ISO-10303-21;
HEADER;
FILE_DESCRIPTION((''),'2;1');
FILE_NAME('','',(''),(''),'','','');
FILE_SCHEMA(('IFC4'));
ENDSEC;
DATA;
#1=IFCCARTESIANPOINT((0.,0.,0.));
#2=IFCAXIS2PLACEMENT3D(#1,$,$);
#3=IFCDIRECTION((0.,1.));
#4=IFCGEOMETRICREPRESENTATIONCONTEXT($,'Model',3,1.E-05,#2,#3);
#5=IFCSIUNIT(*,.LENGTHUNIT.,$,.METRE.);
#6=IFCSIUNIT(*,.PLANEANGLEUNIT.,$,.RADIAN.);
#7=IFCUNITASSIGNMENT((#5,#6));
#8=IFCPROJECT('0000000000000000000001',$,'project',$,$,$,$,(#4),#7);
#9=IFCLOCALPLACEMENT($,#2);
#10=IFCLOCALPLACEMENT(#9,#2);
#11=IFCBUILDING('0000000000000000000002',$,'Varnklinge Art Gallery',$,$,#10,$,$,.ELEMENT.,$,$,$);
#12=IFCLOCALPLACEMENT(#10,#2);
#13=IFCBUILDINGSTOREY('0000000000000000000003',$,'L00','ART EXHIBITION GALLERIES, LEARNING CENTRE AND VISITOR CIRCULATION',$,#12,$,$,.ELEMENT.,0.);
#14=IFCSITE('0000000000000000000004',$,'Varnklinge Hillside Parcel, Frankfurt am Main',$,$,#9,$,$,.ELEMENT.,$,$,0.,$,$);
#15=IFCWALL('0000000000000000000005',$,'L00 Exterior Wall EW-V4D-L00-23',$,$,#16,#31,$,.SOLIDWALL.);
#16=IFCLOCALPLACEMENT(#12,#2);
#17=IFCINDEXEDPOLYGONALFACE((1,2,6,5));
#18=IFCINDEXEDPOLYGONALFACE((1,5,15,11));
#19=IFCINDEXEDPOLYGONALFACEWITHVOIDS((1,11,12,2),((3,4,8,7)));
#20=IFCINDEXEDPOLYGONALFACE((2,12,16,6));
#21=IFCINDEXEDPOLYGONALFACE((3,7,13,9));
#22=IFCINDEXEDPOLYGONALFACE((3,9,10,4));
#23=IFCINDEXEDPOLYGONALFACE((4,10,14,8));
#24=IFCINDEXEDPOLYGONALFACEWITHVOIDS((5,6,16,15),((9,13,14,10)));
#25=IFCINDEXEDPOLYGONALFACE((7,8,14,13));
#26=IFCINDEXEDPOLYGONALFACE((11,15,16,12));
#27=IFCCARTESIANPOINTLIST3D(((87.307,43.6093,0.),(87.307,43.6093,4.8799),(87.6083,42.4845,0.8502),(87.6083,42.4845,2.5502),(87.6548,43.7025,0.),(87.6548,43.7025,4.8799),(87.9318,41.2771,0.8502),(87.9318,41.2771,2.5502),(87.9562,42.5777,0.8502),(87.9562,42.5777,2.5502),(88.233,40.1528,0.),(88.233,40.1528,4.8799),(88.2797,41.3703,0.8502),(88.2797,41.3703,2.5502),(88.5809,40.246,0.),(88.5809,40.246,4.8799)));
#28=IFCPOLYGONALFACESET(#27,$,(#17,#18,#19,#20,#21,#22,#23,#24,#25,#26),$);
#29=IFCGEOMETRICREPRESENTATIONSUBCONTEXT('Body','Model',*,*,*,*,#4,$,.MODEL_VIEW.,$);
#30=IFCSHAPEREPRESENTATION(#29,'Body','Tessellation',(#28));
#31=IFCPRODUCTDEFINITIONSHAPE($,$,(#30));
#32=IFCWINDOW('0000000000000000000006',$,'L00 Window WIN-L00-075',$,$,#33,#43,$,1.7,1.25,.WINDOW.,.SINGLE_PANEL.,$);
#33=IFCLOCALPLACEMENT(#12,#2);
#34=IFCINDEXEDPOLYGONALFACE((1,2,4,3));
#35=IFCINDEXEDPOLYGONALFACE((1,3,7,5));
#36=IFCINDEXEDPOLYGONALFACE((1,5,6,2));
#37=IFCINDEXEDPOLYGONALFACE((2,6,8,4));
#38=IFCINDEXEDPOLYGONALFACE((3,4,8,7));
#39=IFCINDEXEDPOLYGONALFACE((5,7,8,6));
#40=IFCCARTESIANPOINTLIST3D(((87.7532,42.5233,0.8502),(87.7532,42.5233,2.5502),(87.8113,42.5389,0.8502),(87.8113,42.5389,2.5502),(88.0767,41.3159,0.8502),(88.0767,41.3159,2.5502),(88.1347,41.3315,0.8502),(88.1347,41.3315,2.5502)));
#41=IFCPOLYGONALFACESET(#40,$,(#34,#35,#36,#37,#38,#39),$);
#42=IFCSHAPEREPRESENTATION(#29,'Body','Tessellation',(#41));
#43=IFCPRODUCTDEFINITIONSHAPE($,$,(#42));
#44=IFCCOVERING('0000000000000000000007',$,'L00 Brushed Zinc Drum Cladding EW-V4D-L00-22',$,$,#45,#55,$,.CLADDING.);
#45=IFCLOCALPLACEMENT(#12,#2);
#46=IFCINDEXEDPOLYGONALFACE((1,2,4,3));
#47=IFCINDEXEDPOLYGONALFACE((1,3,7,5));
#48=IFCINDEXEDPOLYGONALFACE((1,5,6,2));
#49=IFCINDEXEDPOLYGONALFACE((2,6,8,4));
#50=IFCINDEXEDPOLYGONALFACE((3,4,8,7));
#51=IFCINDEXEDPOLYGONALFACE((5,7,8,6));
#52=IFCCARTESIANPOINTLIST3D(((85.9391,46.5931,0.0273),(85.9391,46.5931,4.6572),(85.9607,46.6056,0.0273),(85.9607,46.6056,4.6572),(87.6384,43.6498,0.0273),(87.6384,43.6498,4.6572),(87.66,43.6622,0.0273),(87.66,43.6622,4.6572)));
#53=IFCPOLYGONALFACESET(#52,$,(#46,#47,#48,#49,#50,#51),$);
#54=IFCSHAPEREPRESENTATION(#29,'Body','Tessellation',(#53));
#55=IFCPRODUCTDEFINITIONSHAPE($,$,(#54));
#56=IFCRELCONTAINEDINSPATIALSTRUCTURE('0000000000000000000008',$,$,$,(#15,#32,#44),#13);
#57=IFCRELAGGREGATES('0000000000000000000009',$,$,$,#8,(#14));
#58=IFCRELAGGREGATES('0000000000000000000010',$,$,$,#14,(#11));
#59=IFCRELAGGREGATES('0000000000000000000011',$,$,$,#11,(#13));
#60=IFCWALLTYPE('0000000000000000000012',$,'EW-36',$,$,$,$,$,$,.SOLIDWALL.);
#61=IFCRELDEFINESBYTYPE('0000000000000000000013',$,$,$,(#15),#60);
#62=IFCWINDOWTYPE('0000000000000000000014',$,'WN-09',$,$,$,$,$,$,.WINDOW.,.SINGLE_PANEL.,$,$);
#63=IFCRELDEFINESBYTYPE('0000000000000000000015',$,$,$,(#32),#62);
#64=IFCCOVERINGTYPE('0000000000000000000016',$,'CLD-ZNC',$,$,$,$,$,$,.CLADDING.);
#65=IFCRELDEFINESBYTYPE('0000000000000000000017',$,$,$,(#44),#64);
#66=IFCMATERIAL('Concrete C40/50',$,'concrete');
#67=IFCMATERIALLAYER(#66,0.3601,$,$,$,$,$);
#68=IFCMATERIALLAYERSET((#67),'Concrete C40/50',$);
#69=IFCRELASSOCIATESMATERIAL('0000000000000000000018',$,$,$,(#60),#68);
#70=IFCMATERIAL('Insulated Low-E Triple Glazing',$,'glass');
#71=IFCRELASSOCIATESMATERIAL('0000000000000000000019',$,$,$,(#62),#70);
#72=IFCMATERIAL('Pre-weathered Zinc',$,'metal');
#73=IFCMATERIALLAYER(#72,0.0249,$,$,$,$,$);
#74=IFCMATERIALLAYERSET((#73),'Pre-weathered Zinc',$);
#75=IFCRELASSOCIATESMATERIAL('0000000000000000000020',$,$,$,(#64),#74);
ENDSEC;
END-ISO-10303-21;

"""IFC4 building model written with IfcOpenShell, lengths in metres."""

from ifc_helpers import new_model, si_unit, direction, frame, frame_2d, origin, origin_2d, place, context, subcontext, project, spatial, rectangle, extrude, material, layer, layer_set, type_object, element, fill, save


model = new_model("IFC4")

# Units and contexts
model_context = context("Model", 3, precision=1e-05, world=origin(), true_north=direction((0.0, 1.0)))
body_context = subcontext(model_context, "Body", "Model", "MODEL_VIEW")
ifc_project = project(units=[si_unit("LENGTHUNIT", "METRE"), si_unit("PLANEANGLEUNIT", "RADIAN")], contexts=[model_context])

# Site, building, storey
site_placement = place(None, origin())
site = spatial("IfcSite", under=ifc_project, at=site_placement, Name="Varnklinge Hillside Parcel, Frankfurt am Main", CompositionType="ELEMENT", RefElevation=0.0)
building_placement = place(site_placement, origin())
building = spatial("IfcBuilding", under=site, at=building_placement, Name="Varnklinge Art Gallery", CompositionType="ELEMENT")
storey_placement = place(building_placement, origin())
storey = spatial("IfcBuildingStorey", under=building, at=storey_placement, Name="L00", Description="ART EXHIBITION GALLERIES, LEARNING CENTRE AND VISITOR CIRCULATION", CompositionType="ELEMENT", Elevation=0.0)

# Shared definitions
ifc_material_1 = material(Name="Concrete C40/50", Category="concrete")
ifc_layer_1 = layer(ifc_material_1, 0.3601)
ifc_layer_set_1 = layer_set([ifc_layer_1], Name="Concrete C40/50")
wall_type = type_object("IfcWallType", Name="EW-36", PredefinedType="SOLIDWALL", material=ifc_layer_set_1)
ifc_material_2 = material(Name="Insulated Low-E Triple Glazing", Category="glass")
window_type = type_object("IfcWindowType", Name="WN-09", PartitioningType="SINGLE_PANEL", PredefinedType="WINDOW", material=ifc_material_2)

# Wall, opening, window
wall_1_placement = place(storey_placement, frame((87.481, 43.6558, 0.0), z_axis=(0.0, 0.0, 1.0), x_axis=(0.258779, -0.965936, 0.0)))
wall_1 = element("IfcWall", 1, at=wall_1_placement, inside=storey, type_object=wall_type, Name="L00 Exterior Wall EW-V4D-L00-23", PredefinedType="SOLIDWALL", context=body_context, shape_type="SweptSolid", body=[
    extrude(rectangle(XDim=3.5784, YDim=0.3601, at=frame_2d((1.7891, 0.0))), origin(), (0.0, 0.0, 1.0), 4.8799),
])
opening_1_placement = place(wall_1_placement, frame((1.1643, 0.0, 0.8501)))
opening_1 = element("IfcOpeningElement", 2, at=opening_1_placement, cuts=wall_1, PredefinedType="OPENING", context=body_context, shape_type="SweptSolid", body=[
    extrude(rectangle(XDim=1.25, YDim=1.7, at=frame_2d((0.625, 0.8501))), frame((0.0, 0.1902, 0.0), z_axis=(0.0, -1.0, 0.0), x_axis=(1.0, 0.0, 0.0)), (0.0, 0.0, 1.0), 0.3801),
])
window_1_placement = place(opening_1_placement, origin())
window_1 = element("IfcWindow", 3, at=window_1_placement, inside=storey, type_object=window_type, Name="L00 Window WIN-L00-075", OverallHeight=1.7, OverallWidth=1.25, PartitioningType="SINGLE_PANEL", PredefinedType="WINDOW", context=body_context, shape_type="SweptSolid", body=[
    extrude(rectangle(XDim=1.25, YDim=1.7, at=frame_2d((0.625, 0.8501))), frame((0.0, 0.03, 0.0), z_axis=(0.0, -1.0, 0.0), x_axis=(1.0, 0.0, 0.0)), (0.0, 0.0, 1.0), 0.0601),
])
fill(opening_1, window_1)

# Covering
ifc_material_3 = material(Name="Pre-weathered Zinc", Category="metal")
ifc_layer_2 = layer(ifc_material_3, 0.0249)
ifc_layer_set_2 = layer_set([ifc_layer_2], Name="Pre-weathered Zinc")
covering_type = type_object("IfcCoveringType", Name="CLD-ZNC", PredefinedType="CLADDING", material=ifc_layer_set_2)
covering_placement = place(storey_placement, frame((86.7996, 45.1277, 0.0273), z_axis=(0.0, 0.0, 1.0), x_axis=(0.5, -0.866025, 0.0)))
element("IfcCovering", 4, at=covering_placement, inside=storey, type_object=covering_type, Name="L00 Brushed Zinc Drum Cladding EW-V4D-L00-22", PredefinedType="CLADDING", context=body_context, shape_type="SweptSolid", body=[
    extrude(rectangle(XDim=3.3987, YDim=0.0249, at=origin_2d()), origin(), (0.0, 0.0, 1.0), 4.6299),
])

save(model, "model.ifc")
